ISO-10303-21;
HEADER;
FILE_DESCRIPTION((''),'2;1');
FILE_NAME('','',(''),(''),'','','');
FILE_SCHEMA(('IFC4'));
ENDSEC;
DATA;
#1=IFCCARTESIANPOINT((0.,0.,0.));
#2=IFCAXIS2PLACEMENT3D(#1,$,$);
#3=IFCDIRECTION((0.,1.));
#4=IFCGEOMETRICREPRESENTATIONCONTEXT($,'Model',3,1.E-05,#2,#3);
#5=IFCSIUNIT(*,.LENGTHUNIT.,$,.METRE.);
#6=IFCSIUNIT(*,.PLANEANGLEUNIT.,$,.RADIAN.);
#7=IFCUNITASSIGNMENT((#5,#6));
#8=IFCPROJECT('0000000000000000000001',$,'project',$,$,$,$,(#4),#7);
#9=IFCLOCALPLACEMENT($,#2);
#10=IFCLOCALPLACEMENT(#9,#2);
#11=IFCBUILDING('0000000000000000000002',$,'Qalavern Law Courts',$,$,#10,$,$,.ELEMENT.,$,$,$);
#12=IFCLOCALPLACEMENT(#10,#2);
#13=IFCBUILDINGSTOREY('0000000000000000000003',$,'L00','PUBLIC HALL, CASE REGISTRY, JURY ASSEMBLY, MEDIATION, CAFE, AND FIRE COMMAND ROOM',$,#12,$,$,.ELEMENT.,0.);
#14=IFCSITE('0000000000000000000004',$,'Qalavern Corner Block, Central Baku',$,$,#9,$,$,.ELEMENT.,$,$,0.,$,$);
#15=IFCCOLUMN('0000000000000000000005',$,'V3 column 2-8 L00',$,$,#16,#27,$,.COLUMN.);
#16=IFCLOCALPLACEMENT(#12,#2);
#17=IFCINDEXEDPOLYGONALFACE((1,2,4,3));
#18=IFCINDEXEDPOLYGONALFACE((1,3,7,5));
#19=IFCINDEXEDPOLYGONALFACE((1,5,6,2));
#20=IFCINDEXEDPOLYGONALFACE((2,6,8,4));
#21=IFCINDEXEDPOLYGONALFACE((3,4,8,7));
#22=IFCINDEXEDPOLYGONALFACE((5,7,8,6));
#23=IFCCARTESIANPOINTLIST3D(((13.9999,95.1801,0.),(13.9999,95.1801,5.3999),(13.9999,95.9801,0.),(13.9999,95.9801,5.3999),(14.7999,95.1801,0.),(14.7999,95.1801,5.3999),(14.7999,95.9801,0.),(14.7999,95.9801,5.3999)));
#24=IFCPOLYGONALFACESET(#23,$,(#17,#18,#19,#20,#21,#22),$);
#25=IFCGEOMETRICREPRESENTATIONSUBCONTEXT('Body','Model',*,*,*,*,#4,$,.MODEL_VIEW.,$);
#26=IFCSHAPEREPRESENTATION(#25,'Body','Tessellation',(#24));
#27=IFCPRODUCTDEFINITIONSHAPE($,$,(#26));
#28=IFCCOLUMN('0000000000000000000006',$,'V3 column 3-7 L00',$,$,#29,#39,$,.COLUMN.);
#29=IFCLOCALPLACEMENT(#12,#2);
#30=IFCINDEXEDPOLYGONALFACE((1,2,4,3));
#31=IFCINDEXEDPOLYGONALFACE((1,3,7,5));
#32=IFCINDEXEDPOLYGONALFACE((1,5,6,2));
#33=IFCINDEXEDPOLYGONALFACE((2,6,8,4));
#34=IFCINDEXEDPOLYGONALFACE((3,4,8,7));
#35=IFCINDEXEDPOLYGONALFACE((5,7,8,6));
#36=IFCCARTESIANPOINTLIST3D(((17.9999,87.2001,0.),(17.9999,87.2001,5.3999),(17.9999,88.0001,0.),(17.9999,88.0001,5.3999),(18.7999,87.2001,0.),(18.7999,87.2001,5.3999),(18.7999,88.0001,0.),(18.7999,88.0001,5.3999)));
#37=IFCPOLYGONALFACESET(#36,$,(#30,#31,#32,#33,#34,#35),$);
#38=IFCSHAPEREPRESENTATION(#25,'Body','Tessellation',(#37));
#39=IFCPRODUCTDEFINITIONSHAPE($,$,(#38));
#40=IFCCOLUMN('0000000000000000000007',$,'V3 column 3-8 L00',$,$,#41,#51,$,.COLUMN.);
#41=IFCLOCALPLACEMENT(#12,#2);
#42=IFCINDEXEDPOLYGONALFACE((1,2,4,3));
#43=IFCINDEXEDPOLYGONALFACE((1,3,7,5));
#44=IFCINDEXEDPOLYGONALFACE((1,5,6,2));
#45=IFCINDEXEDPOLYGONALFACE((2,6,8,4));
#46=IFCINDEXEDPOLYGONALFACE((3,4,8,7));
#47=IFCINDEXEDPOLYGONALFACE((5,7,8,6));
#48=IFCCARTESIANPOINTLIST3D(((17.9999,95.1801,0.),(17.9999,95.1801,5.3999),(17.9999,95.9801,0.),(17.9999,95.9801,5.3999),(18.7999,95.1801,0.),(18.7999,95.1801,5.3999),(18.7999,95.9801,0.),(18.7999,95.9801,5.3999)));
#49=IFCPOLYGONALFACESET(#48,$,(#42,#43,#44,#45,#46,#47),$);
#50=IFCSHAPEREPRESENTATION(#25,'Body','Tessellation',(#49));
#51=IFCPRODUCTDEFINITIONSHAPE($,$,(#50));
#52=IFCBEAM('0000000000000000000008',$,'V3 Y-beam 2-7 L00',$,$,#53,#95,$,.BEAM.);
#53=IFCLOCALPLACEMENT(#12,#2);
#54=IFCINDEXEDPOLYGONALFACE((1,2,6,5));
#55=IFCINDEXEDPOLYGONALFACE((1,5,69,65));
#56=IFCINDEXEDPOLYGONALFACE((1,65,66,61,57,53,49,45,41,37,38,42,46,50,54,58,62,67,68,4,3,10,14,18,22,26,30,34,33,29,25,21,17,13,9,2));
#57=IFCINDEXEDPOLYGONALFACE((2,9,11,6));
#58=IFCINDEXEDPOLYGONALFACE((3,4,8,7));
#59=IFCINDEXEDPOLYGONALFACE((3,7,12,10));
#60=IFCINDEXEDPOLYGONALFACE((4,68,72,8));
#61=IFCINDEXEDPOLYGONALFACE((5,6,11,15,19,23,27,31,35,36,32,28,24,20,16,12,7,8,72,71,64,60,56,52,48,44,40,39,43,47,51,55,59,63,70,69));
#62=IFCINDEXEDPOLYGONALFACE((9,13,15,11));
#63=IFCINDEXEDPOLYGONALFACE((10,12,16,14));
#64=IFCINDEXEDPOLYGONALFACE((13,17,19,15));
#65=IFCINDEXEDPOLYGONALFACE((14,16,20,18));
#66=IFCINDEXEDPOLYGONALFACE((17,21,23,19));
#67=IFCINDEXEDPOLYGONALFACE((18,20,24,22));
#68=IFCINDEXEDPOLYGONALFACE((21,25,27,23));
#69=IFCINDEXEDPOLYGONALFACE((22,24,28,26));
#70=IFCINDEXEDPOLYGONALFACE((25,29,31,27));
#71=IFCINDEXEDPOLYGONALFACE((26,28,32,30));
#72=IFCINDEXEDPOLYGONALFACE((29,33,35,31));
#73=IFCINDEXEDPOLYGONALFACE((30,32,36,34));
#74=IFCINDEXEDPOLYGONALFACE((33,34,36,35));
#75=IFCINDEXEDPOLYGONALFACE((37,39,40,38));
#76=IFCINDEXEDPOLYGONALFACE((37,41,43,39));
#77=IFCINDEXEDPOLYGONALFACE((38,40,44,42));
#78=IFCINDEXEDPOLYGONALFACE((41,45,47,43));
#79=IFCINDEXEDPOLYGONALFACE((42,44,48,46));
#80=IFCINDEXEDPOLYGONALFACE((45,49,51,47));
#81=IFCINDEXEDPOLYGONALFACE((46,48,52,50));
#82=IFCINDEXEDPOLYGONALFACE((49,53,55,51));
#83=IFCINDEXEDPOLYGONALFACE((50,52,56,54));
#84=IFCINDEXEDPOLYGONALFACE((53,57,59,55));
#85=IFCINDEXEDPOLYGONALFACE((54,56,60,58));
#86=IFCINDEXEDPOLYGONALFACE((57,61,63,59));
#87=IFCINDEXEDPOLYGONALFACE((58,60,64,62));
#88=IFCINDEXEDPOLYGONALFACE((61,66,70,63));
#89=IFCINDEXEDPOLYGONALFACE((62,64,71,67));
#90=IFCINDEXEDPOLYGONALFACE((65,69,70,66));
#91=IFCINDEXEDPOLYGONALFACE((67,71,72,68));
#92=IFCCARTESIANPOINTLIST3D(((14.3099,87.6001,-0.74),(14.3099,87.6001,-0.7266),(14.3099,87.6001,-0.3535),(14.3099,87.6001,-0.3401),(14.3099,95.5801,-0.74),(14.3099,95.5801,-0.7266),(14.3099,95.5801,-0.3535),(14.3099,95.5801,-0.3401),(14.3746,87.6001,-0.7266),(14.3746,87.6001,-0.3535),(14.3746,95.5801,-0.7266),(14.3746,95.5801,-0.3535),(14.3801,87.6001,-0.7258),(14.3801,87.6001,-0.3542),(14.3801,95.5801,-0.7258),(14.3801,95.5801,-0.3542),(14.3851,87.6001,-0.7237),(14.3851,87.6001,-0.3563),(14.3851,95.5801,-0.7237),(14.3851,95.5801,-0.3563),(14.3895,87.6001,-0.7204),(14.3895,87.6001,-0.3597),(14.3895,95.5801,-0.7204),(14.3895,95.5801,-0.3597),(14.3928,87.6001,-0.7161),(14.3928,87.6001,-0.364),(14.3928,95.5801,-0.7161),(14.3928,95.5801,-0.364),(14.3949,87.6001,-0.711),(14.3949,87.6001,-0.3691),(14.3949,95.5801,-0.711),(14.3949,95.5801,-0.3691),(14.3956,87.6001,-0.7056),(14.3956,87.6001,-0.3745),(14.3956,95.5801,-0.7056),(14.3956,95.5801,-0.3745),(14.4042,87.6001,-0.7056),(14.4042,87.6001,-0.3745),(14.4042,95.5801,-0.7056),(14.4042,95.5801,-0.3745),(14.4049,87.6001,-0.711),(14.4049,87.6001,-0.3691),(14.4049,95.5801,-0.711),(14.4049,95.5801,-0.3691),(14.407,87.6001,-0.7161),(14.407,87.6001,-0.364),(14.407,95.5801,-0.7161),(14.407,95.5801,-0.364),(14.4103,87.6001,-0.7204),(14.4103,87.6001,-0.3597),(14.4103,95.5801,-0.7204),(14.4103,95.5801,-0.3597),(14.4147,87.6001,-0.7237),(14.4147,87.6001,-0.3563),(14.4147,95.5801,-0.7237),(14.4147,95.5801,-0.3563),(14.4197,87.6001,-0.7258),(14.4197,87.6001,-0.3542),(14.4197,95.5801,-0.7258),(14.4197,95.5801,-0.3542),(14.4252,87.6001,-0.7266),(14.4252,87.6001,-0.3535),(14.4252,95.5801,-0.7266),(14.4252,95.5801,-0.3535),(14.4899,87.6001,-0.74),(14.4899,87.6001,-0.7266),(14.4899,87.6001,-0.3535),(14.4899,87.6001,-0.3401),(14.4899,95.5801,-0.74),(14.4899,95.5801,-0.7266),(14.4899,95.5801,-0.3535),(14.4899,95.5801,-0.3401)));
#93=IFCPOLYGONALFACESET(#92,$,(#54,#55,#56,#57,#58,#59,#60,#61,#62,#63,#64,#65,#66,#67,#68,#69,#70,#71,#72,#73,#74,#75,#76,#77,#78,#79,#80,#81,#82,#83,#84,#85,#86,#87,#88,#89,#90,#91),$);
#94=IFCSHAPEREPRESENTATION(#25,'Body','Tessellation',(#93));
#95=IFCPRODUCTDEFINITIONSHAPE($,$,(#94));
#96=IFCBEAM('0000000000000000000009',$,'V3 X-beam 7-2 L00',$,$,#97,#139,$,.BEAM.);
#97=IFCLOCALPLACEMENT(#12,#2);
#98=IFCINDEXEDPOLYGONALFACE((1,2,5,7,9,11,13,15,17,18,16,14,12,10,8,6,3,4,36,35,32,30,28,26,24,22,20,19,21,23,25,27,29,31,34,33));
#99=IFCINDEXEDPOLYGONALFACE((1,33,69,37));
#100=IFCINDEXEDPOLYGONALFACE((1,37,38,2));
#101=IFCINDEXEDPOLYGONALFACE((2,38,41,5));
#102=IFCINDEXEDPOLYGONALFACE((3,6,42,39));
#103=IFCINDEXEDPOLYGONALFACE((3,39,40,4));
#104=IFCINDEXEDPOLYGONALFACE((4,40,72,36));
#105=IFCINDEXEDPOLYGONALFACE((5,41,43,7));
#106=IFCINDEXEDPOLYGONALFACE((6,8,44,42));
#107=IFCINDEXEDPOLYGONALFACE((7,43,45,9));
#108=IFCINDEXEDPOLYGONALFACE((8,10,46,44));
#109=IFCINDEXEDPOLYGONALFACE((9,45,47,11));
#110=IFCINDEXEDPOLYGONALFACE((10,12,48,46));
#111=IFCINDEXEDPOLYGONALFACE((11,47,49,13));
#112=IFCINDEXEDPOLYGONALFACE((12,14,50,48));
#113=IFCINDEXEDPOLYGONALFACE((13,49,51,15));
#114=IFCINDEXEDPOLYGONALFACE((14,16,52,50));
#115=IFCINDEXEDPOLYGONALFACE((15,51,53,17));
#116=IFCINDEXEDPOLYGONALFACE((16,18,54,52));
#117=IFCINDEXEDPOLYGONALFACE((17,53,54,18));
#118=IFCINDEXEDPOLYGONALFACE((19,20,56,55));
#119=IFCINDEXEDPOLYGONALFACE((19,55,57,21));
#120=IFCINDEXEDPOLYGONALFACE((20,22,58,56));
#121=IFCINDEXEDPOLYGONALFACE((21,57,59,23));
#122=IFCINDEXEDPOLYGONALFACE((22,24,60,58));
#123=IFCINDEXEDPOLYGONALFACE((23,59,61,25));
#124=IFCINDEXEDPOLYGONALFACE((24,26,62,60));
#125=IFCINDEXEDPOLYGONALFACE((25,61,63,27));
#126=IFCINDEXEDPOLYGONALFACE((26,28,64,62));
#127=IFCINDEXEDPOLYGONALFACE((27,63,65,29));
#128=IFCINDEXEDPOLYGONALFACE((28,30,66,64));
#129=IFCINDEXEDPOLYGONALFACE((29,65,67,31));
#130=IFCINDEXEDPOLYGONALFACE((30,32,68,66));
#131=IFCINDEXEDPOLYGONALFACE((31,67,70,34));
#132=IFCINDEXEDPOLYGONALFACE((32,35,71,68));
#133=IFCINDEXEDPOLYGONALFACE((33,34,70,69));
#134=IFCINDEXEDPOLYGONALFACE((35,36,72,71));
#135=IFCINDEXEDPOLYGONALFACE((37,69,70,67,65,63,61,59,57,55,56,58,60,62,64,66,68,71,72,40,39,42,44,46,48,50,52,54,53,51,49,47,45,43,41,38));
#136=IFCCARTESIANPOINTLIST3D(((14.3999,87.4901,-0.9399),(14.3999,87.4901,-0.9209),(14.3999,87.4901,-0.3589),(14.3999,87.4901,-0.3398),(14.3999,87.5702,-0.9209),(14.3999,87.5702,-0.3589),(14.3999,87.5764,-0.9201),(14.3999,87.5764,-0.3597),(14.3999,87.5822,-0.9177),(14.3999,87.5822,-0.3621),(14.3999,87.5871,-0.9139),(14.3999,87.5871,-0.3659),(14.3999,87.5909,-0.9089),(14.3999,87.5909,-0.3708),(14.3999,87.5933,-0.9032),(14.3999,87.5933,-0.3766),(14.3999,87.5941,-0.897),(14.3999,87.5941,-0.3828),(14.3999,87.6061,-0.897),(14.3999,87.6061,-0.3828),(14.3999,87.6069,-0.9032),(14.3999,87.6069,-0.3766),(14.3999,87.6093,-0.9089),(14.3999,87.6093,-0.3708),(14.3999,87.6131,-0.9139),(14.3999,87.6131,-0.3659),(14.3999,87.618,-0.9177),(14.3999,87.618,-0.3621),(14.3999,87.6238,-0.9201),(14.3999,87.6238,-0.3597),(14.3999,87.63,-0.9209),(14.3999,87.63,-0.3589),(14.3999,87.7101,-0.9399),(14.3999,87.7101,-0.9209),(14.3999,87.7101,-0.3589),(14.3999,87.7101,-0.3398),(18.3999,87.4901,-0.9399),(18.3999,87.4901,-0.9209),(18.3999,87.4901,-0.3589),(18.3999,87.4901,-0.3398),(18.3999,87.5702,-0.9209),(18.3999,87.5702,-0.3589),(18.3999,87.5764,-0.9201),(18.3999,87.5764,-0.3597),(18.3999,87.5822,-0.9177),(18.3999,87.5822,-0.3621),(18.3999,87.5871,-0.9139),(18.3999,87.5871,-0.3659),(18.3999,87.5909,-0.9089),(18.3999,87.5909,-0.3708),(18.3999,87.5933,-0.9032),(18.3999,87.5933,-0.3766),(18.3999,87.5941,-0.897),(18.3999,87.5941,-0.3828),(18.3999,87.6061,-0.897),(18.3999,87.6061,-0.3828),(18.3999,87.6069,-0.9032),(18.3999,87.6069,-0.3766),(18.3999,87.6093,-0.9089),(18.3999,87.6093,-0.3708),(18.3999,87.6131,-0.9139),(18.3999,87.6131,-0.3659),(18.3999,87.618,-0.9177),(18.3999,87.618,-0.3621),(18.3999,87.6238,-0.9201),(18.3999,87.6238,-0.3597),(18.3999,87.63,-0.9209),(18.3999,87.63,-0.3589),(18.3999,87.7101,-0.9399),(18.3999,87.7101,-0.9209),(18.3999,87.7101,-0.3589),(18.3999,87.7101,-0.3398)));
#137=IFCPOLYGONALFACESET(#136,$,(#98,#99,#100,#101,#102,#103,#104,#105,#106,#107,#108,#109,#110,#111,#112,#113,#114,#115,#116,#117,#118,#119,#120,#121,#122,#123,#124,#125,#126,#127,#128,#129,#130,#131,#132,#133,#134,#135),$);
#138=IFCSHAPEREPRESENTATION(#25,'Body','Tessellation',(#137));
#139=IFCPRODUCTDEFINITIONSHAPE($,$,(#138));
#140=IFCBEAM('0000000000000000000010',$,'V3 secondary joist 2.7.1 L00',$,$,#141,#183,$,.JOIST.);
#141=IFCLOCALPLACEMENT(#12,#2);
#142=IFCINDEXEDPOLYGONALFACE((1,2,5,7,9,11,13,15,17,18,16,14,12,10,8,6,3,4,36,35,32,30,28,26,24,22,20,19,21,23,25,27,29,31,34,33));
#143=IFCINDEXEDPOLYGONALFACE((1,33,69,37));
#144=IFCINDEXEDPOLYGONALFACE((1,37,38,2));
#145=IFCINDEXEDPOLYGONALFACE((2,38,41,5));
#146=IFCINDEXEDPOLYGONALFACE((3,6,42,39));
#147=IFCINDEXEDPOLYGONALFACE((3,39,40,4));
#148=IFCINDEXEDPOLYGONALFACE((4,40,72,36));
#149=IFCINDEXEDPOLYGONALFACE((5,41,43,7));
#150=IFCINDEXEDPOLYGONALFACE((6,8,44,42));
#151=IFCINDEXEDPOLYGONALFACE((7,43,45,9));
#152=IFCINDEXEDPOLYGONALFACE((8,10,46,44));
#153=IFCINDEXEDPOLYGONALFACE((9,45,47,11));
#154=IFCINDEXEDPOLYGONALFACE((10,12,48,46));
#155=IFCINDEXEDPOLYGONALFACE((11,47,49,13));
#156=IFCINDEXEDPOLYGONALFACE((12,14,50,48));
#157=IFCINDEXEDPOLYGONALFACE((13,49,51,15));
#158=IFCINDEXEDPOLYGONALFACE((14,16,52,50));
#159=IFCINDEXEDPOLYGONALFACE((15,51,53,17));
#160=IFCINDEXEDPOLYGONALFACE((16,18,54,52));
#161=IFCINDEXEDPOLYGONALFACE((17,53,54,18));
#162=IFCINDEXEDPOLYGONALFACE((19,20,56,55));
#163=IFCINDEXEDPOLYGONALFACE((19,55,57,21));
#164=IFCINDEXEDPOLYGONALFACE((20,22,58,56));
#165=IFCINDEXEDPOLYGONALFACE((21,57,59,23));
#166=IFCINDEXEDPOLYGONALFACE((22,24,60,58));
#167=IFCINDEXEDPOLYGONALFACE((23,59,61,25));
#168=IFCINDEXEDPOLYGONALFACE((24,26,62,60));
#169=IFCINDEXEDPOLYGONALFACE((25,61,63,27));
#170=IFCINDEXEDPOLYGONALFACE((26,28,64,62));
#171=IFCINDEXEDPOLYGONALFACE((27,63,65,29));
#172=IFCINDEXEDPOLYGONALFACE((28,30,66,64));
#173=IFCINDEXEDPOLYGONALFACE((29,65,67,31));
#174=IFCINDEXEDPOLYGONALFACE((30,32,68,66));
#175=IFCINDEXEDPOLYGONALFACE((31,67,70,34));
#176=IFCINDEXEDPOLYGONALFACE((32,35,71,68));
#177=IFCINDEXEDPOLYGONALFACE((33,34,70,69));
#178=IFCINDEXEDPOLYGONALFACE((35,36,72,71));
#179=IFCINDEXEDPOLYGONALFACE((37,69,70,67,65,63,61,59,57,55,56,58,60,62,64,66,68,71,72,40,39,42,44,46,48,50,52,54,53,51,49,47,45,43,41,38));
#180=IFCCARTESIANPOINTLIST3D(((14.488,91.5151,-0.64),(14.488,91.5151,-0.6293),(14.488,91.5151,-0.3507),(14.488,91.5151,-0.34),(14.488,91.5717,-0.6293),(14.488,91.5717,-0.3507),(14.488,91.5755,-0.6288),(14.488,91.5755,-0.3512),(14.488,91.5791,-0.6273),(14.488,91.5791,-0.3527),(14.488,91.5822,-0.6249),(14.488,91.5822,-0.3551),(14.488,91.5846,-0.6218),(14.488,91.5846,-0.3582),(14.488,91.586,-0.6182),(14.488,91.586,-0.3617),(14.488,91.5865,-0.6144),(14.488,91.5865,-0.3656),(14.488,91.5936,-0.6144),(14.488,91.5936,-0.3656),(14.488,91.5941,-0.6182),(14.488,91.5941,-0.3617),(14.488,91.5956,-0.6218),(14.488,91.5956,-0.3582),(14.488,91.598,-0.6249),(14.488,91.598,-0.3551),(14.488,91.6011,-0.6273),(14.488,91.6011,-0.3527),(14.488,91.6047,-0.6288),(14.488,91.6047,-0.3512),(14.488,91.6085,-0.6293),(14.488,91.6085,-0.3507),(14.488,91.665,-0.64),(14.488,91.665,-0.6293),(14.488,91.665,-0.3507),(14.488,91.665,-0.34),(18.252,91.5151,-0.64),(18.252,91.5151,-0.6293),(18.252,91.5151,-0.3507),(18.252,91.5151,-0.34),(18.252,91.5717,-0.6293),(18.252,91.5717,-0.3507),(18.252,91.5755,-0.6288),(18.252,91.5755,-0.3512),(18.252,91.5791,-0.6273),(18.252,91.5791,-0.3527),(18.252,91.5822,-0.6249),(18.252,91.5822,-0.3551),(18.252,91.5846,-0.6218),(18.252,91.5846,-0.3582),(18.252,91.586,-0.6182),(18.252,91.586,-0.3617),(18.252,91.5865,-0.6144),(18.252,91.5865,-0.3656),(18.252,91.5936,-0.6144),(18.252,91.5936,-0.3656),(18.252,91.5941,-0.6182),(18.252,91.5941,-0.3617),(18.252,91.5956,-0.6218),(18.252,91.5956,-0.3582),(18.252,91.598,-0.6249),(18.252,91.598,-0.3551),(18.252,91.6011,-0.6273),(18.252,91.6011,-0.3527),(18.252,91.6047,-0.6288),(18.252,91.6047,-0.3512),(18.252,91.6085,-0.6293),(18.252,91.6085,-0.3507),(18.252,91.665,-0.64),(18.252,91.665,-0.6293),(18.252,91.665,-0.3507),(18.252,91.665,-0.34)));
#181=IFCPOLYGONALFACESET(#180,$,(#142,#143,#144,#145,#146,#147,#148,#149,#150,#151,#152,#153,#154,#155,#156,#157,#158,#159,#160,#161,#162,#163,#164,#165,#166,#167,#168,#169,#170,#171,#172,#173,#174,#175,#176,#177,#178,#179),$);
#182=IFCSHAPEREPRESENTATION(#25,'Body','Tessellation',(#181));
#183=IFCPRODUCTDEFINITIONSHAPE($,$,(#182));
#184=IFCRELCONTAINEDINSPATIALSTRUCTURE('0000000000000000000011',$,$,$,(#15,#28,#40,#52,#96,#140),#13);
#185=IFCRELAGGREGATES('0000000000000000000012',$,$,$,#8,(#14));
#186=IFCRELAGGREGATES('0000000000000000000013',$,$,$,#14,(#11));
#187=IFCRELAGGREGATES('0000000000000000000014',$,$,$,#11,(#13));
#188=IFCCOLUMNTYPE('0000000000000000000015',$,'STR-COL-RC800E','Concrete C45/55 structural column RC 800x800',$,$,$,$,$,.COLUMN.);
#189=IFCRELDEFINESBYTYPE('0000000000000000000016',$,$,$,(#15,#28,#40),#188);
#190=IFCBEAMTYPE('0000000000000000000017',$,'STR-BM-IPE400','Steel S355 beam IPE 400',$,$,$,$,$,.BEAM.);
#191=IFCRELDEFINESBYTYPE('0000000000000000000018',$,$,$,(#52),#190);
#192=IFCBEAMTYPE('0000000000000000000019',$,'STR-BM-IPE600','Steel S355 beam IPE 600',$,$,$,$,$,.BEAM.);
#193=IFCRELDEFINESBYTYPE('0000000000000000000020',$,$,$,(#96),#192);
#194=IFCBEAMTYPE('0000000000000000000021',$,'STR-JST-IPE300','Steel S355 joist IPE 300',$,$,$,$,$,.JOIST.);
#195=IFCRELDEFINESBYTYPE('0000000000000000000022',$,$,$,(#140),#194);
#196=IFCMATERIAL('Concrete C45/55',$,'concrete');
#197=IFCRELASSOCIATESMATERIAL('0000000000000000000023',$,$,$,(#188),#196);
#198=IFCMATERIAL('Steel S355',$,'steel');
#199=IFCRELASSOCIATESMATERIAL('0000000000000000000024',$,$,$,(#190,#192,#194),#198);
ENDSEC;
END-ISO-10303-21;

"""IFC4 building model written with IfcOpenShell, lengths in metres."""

from ifc_helpers import new_model, si_unit, direction, frame, origin, origin_2d, place, context, subcontext, project, spatial, rectangle, i_section, extrude, material, material_profile, profile_set, type_object, element, save


model = new_model("IFC4")

# Units and contexts
model_context = context("Model", 3, precision=1e-05, world=origin(), true_north=direction((0.0, 1.0)))
body_context = subcontext(model_context, "Body", "Model", "MODEL_VIEW")
ifc_project = project(units=[si_unit("LENGTHUNIT", "METRE"), si_unit("PLANEANGLEUNIT", "RADIAN")], contexts=[model_context])

# Site, building, storey
site_placement = place(None, origin())
site = spatial("IfcSite", under=ifc_project, at=site_placement, Name="Qalavern Corner Block, Central Baku", CompositionType="ELEMENT", RefElevation=0.0)
building_placement = place(site_placement, origin())
building = spatial("IfcBuilding", under=site, at=building_placement, Name="Qalavern Law Courts", CompositionType="ELEMENT")
storey_placement = place(building_placement, origin())
storey = spatial("IfcBuildingStorey", under=building, at=storey_placement, Name="L00", Description="PUBLIC HALL, CASE REGISTRY, JURY ASSEMBLY, MEDIATION, CAFE, AND FIRE COMMAND ROOM", CompositionType="ELEMENT", Elevation=0.0)

# Columns
ifc_material_1 = material(Name="Concrete C45/55", Category="concrete")
ifc_material_profile_1 = material_profile(ifc_material_1, rectangle(XDim=0.8, YDim=0.8, at=origin_2d()), Name="RC 800x800")
ifc_profile_set_1 = profile_set([ifc_material_profile_1], Name="Concrete C45/55")
column_type = type_object("IfcColumnType", Name="STR-COL-RC800E", Description="Concrete C45/55 structural column RC 800x800", PredefinedType="COLUMN", material=ifc_profile_set_1)
for number, where, z_axis, x_axis, name in (
    (1, (14.3999, 95.5801, 0.0), (0.0, 0.0, 1.0), (1.0, 0.0, 0.0), "V3 column 2-8 L00"),
    (2, (18.3999, 87.6001, 0.0), (0.0, 0.0, 1.0), (1.0, 0.0, 0.0), "V3 column 3-7 L00"),
    (3, (18.3999, 95.5801, 0.0), (0.0, 0.0, 1.0), (1.0, 0.0, 0.0), "V3 column 3-8 L00"),
):
    element("IfcColumn", number, at=place(storey_placement, frame(where, z_axis=z_axis, x_axis=x_axis)), inside=storey, type_object=column_type, Name=name, PredefinedType="COLUMN", context=body_context, shape_type="SweptSolid", body=[
        extrude(rectangle(XDim=0.8, YDim=0.8, at=origin_2d()), origin(), (0.0, 0.0, 1.0), 5.3999),
    ])

# Beams
ifc_material_2 = material(Name="Steel S355", Category="steel")
ifc_material_profile_2 = material_profile(ifc_material_2, i_section(OverallWidth=0.1799, OverallDepth=0.3999, WebThickness=0.0085, FlangeThickness=0.0134, FilletRadius=0.021, at=origin_2d()), Name="IPE 400")
ifc_profile_set_2 = profile_set([ifc_material_profile_2], Name="Steel S355")
beam_type_1 = type_object("IfcBeamType", Name="STR-BM-IPE400", Description="Steel S355 beam IPE 400", PredefinedType="BEAM", material=ifc_profile_set_2)
beam_1_placement = place(storey_placement, frame((14.3999, 87.6001, -0.54), z_axis=(0.0, 1.0, 0.0), x_axis=(-1.0, 0.0, 0.0)))
element("IfcBeam", 4, at=beam_1_placement, inside=storey, type_object=beam_type_1, Name="V3 Y-beam 2-7 L00", PredefinedType="BEAM", context=body_context, shape_type="SweptSolid", body=[
    extrude(i_section(OverallWidth=0.1799, OverallDepth=0.3999, WebThickness=0.0085, FlangeThickness=0.0134, FilletRadius=0.021, at=origin_2d()), origin(), (0.0, 0.0, 1.0), 7.98),
])
ifc_material_profile_3 = material_profile(ifc_material_2, i_section(OverallWidth=0.22, OverallDepth=0.6001, WebThickness=0.012, FlangeThickness=0.019, FilletRadius=0.0239, at=origin_2d()), Name="IPE 600")
ifc_profile_set_3 = profile_set([ifc_material_profile_3], Name="Steel S355")
beam_type_2 = type_object("IfcBeamType", Name="STR-BM-IPE600", Description="Steel S355 beam IPE 600", PredefinedType="BEAM", material=ifc_profile_set_3)
beam_2_placement = place(storey_placement, frame((14.3999, 87.6001, -0.6399), z_axis=(1.0, 0.0, 0.0), x_axis=(0.0, 1.0, 0.0)))
element("IfcBeam", 5, at=beam_2_placement, inside=storey, type_object=beam_type_2, Name="V3 X-beam 7-2 L00", PredefinedType="BEAM", context=body_context, shape_type="SweptSolid", body=[
    extrude(i_section(OverallWidth=0.22, OverallDepth=0.6001, WebThickness=0.012, FlangeThickness=0.019, FilletRadius=0.0239, at=origin_2d()), origin(), (0.0, 0.0, 1.0), 4.0),
])
ifc_material_profile_4 = material_profile(ifc_material_2, i_section(OverallWidth=0.1499, OverallDepth=0.3, WebThickness=0.0071, FlangeThickness=0.0107, FilletRadius=0.0149, at=origin_2d()), Name="IPE 300")
ifc_profile_set_4 = profile_set([ifc_material_profile_4], Name="Steel S355")
beam_type_3 = type_object("IfcBeamType", Name="STR-JST-IPE300", Description="Steel S355 joist IPE 300", PredefinedType="JOIST", material=ifc_profile_set_4)
beam_3_placement = place(storey_placement, frame((14.488, 91.5901, -0.49), z_axis=(1.0, 0.0, 0.0), x_axis=(0.0, 1.0, 0.0)))
element("IfcBeam", 6, at=beam_3_placement, inside=storey, type_object=beam_type_3, Name="V3 secondary joist 2.7.1 L00", PredefinedType="JOIST", context=body_context, shape_type="SweptSolid", body=[
    extrude(i_section(OverallWidth=0.1499, OverallDepth=0.3, WebThickness=0.0071, FlangeThickness=0.0107, FilletRadius=0.0149, at=origin_2d()), origin(), (0.0, 0.0, 1.0), 3.7639),
])

save(model, "model.ifc")
